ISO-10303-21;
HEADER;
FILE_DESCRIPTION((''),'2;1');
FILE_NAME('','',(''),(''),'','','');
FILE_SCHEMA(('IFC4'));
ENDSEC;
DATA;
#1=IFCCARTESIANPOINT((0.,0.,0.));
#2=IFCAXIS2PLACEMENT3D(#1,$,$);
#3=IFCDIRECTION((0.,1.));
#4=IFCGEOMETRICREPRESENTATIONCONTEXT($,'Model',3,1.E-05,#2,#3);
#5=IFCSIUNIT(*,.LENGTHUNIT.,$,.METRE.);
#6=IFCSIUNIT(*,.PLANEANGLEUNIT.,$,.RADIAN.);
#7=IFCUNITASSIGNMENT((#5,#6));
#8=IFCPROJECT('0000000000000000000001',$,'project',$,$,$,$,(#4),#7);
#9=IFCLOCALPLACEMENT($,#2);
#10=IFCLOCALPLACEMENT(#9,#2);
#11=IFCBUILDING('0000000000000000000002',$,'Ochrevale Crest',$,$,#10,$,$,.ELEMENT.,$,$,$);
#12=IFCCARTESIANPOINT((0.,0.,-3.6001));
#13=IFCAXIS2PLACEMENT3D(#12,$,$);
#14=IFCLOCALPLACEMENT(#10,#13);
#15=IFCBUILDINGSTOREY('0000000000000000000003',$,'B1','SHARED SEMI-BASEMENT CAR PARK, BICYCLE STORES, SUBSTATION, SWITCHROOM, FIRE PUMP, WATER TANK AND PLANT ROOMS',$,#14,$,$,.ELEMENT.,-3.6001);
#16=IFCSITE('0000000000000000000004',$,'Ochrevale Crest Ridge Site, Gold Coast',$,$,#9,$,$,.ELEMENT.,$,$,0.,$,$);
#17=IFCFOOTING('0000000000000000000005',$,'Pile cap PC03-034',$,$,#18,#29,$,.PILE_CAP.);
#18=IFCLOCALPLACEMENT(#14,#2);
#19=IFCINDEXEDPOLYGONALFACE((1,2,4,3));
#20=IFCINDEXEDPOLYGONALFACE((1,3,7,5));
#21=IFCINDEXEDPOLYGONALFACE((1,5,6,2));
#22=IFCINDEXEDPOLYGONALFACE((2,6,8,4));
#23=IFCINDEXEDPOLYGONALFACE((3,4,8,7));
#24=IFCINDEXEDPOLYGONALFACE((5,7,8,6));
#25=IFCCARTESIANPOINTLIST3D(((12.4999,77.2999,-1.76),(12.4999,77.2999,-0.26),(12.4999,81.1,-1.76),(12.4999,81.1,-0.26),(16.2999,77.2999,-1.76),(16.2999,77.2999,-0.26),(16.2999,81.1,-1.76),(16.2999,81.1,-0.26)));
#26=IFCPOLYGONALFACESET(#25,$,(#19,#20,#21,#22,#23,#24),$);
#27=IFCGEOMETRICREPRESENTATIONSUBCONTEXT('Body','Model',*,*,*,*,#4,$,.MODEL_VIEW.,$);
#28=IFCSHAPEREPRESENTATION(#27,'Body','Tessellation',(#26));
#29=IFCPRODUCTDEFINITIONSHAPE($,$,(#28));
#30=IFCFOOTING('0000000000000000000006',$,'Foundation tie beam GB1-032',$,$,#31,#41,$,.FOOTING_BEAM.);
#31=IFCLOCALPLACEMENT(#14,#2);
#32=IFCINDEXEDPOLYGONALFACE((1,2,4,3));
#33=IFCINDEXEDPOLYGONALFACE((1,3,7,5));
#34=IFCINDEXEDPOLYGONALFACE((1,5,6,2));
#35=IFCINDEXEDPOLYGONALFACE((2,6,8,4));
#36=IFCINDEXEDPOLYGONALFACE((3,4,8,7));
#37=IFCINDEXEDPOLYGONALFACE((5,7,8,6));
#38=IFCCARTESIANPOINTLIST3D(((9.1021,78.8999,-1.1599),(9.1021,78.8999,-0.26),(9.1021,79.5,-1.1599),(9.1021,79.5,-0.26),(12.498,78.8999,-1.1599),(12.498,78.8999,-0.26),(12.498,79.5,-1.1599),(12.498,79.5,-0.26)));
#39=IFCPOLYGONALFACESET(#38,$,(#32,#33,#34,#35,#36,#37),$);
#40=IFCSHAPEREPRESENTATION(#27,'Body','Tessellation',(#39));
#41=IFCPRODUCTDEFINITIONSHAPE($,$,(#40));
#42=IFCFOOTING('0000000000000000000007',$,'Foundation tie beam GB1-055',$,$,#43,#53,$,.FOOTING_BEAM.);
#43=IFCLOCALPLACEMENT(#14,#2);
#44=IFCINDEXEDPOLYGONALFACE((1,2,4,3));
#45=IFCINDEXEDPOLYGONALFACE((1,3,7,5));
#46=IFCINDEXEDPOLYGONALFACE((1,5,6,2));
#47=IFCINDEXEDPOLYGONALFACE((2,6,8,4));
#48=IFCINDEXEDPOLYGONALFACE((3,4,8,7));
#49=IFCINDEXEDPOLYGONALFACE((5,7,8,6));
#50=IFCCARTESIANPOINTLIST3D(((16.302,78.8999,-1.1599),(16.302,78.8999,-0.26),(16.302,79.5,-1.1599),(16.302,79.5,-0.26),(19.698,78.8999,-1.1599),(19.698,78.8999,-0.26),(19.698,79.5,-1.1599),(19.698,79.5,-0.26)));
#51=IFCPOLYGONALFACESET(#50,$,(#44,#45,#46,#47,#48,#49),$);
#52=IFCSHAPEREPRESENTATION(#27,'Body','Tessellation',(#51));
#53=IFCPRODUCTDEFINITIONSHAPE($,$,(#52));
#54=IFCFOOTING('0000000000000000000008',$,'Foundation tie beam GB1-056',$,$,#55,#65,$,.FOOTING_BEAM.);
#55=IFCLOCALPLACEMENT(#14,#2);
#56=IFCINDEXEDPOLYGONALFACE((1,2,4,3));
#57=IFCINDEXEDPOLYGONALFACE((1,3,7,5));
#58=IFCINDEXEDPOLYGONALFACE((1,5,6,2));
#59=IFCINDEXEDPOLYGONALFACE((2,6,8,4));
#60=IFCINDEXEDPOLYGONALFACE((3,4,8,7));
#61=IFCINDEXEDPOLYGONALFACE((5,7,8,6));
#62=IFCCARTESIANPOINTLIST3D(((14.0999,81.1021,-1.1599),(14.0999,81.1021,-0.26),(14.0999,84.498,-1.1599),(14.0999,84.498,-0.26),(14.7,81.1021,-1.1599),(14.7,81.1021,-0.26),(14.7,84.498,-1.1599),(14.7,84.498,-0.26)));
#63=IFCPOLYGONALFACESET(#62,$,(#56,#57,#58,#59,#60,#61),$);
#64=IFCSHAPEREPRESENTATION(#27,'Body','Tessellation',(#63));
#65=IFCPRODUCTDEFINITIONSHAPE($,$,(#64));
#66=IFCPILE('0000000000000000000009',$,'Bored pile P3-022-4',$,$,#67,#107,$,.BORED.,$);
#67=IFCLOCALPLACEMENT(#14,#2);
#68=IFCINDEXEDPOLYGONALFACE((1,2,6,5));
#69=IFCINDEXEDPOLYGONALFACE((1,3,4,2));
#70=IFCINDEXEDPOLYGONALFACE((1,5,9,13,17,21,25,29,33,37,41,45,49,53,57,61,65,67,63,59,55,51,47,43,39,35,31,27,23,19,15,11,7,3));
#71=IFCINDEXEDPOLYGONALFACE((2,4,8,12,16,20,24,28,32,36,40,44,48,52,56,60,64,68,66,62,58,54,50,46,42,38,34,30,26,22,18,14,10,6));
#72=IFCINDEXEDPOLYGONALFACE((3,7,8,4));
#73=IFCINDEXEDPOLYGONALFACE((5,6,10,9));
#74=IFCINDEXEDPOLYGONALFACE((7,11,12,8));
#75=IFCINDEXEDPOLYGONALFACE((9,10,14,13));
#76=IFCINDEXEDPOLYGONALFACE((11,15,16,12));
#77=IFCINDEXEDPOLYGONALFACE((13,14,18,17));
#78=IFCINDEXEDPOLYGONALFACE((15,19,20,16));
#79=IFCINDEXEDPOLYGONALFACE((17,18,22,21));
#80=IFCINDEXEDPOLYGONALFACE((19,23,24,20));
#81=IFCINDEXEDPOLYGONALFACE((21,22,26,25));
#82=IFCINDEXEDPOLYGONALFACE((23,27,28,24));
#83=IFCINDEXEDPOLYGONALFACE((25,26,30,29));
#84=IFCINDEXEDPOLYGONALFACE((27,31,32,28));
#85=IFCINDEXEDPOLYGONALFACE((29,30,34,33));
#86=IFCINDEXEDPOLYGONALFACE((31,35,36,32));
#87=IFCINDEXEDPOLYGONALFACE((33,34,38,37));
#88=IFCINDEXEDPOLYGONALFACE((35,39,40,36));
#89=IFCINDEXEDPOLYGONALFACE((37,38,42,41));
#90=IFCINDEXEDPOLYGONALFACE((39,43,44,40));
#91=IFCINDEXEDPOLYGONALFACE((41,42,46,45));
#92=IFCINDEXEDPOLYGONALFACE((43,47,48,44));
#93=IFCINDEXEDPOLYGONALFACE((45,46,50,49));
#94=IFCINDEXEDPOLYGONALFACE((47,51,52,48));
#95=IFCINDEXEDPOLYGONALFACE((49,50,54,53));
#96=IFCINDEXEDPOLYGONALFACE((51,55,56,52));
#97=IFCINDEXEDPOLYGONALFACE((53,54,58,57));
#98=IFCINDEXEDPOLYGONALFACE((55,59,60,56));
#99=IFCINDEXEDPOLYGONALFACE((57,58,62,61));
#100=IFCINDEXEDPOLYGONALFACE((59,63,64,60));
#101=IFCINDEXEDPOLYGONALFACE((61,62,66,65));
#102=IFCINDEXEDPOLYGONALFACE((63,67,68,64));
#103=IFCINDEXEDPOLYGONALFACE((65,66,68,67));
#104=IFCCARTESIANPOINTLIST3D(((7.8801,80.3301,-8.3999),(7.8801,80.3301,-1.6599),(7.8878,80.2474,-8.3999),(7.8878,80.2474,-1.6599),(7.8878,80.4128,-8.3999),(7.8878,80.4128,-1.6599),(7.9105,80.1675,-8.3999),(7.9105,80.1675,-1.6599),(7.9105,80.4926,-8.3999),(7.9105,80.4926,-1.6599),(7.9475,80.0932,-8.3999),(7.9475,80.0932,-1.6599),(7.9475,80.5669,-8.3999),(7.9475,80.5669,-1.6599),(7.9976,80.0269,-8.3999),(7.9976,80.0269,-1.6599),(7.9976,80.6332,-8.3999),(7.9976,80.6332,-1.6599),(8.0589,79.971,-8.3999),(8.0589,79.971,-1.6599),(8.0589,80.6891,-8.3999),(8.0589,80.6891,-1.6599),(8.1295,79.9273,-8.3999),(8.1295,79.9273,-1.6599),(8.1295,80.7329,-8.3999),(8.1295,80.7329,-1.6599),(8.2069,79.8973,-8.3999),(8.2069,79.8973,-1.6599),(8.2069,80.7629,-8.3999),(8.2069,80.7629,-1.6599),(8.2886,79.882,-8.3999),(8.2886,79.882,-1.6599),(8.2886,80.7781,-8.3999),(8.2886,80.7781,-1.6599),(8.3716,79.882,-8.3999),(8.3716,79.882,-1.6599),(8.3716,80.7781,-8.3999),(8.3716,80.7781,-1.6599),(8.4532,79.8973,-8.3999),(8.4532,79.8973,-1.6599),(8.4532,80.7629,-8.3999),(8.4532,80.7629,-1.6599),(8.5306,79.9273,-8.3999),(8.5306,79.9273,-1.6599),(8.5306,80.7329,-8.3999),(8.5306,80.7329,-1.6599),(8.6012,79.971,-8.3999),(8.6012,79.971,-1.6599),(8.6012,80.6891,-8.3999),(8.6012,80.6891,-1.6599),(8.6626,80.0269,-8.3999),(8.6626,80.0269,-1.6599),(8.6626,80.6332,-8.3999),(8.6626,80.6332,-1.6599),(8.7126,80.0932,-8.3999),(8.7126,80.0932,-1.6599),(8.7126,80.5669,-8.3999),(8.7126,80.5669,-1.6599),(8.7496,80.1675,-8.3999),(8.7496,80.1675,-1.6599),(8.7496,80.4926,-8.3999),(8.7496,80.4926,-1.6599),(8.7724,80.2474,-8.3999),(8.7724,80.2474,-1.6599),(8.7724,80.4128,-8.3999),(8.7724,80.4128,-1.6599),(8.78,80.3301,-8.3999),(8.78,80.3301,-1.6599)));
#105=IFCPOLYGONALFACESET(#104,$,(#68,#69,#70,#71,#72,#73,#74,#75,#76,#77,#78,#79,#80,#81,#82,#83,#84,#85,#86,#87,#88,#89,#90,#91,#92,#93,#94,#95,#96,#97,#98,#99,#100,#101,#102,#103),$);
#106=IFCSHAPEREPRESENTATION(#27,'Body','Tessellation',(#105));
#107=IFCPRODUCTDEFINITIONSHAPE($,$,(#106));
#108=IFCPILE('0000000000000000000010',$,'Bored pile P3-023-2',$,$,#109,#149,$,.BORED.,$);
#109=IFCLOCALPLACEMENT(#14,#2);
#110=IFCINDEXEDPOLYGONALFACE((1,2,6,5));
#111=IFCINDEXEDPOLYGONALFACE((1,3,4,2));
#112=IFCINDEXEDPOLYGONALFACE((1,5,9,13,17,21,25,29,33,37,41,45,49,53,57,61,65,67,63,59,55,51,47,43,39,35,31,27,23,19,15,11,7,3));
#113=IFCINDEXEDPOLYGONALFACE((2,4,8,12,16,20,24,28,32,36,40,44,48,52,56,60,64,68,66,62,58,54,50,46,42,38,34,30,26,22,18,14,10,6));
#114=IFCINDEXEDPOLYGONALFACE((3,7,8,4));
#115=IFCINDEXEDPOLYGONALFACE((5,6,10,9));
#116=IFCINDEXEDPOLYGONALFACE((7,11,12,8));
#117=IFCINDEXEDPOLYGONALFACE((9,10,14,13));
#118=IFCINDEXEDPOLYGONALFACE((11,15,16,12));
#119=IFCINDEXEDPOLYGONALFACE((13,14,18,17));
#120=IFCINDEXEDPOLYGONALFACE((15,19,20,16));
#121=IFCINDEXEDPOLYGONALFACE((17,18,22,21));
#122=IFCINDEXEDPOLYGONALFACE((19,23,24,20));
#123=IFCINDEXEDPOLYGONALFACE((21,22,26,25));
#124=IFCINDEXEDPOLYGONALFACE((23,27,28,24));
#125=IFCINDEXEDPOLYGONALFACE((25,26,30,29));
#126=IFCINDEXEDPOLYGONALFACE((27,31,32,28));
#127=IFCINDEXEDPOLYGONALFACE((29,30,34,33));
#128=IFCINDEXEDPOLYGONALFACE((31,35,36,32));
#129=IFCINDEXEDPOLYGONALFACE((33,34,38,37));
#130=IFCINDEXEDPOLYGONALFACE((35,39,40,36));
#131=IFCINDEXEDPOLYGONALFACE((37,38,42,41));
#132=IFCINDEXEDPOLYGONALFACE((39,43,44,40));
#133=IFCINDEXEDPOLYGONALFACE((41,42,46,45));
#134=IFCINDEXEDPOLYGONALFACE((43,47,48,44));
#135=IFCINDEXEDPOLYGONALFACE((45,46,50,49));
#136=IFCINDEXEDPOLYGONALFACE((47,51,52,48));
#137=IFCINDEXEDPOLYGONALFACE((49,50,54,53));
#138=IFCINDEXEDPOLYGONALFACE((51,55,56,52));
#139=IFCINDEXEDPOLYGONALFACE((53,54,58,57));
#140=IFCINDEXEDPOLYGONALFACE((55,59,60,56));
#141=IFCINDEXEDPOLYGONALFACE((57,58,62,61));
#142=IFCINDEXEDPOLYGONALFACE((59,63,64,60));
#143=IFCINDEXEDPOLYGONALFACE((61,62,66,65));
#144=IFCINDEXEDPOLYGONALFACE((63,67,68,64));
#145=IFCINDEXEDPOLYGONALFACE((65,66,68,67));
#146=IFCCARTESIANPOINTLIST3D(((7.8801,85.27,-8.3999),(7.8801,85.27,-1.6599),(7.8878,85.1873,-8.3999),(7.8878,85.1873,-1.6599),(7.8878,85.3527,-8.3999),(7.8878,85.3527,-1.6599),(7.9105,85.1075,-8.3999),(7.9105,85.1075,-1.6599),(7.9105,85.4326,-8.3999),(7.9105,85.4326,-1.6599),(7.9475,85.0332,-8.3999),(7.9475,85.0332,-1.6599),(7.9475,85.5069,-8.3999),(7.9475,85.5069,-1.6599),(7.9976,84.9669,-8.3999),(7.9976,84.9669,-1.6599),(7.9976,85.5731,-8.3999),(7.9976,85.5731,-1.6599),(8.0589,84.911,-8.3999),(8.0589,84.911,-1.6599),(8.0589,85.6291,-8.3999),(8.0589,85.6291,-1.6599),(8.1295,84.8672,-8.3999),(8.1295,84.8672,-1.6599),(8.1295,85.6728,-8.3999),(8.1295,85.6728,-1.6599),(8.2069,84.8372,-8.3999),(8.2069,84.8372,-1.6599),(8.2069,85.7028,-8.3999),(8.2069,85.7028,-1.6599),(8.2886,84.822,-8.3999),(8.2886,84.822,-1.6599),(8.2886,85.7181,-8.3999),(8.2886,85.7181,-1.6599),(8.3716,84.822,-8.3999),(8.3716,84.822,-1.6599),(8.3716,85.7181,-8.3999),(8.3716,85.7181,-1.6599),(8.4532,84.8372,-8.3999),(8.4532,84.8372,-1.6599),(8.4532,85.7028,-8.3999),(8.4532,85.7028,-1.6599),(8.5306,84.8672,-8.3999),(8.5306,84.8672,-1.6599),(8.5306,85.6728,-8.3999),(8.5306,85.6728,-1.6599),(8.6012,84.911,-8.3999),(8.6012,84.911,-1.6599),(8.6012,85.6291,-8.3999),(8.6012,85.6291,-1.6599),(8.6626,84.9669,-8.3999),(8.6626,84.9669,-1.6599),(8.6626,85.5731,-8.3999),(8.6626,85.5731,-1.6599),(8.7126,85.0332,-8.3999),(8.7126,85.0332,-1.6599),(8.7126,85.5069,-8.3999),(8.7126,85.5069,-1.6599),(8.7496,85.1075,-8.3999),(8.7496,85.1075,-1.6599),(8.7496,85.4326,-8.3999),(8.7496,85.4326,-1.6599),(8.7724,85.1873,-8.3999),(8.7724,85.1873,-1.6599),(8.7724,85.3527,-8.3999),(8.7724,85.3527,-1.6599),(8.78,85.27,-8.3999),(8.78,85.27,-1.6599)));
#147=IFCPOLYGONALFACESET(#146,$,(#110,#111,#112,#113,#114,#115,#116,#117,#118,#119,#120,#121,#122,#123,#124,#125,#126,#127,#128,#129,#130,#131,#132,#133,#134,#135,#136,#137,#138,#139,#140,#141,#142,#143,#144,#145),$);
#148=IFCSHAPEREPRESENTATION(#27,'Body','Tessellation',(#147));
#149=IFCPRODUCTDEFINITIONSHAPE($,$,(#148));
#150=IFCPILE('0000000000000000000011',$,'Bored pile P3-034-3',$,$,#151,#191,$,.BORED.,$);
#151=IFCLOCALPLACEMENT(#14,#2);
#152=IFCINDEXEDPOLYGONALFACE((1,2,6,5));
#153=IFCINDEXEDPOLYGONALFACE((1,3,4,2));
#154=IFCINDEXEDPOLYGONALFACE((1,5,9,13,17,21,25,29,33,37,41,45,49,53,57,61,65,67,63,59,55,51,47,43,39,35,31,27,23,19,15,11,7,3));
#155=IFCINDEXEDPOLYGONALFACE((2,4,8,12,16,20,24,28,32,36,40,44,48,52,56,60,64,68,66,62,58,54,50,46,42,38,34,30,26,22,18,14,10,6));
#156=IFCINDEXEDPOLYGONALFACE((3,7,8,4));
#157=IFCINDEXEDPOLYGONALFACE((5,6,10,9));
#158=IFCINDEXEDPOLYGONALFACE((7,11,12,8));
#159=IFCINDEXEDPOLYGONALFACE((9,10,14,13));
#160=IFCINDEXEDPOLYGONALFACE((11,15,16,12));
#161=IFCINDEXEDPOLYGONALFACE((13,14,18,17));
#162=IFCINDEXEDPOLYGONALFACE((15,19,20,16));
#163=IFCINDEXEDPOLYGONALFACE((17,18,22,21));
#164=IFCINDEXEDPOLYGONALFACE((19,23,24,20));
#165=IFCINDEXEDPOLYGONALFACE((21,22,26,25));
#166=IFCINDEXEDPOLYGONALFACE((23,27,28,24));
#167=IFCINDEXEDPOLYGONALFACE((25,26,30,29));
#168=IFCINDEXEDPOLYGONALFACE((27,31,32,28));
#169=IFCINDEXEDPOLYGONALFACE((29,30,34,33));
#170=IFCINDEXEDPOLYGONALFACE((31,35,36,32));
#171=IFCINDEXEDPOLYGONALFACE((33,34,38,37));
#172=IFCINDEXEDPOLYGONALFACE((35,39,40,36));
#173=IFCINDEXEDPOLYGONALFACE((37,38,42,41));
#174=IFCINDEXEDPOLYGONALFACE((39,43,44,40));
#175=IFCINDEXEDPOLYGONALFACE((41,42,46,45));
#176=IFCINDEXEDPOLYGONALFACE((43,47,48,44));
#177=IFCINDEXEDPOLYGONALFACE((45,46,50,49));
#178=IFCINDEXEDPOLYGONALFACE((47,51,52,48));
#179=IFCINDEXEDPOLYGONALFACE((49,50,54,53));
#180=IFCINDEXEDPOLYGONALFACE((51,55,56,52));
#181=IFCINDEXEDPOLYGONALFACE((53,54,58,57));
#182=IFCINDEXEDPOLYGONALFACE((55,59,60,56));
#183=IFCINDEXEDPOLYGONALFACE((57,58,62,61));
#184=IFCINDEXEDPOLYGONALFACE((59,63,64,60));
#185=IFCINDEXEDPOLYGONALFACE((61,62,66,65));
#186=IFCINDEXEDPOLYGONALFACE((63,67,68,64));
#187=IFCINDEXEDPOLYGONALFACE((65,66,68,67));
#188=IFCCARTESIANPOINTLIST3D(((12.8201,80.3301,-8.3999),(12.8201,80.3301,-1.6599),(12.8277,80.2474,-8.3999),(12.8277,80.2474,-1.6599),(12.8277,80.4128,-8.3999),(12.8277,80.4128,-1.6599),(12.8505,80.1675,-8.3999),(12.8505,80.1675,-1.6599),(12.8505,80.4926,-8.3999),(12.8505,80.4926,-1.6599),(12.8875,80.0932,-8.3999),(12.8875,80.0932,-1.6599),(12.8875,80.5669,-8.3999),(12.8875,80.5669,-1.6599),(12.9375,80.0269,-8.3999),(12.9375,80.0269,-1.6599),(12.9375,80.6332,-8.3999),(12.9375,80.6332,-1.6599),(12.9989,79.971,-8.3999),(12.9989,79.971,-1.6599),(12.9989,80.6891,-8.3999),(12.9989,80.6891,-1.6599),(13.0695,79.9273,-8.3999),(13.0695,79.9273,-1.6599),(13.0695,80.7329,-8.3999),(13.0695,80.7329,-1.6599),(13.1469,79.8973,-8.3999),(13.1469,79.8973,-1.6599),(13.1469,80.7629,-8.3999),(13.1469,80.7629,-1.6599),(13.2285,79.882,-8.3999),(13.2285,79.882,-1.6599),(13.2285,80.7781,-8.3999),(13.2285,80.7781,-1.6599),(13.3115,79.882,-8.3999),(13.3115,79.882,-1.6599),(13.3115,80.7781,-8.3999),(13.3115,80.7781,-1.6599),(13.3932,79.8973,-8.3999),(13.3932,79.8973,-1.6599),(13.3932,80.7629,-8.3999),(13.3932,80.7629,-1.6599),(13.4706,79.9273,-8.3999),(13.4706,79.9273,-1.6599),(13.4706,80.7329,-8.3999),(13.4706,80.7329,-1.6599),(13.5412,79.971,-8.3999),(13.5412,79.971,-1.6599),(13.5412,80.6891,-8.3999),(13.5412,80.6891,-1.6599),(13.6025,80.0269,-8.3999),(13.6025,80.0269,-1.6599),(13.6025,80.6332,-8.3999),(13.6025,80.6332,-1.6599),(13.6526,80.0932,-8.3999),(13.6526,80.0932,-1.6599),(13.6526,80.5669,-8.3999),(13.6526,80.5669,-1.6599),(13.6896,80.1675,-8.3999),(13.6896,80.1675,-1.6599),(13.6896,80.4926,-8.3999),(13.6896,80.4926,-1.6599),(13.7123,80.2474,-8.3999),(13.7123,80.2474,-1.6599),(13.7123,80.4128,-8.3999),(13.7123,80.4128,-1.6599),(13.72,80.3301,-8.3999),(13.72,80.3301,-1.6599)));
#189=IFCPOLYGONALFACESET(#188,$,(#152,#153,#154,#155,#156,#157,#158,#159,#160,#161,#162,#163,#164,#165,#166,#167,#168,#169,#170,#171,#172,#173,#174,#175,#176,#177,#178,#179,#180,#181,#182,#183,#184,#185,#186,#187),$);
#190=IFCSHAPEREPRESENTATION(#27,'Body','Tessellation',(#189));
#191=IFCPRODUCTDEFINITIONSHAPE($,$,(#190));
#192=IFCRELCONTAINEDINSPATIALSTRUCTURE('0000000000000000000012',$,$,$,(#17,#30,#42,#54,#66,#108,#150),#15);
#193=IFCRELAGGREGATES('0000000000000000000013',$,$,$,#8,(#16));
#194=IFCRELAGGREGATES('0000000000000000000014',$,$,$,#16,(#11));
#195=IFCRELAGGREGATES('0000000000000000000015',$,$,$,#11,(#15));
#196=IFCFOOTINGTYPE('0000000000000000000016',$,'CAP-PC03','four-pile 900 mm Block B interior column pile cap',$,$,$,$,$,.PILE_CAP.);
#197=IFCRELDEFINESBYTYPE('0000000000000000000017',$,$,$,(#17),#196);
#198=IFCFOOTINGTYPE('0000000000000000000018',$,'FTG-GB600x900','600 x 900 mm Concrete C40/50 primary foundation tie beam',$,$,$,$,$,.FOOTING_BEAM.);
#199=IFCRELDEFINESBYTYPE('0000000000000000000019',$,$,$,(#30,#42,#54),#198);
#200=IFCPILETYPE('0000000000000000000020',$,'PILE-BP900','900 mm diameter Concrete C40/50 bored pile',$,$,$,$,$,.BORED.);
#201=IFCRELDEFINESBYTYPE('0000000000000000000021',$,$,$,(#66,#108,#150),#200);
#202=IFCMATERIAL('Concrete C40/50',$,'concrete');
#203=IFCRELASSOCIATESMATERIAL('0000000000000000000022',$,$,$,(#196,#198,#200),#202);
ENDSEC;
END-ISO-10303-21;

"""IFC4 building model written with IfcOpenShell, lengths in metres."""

from ifc_helpers import new_model, si_unit, direction, frame, origin, origin_2d, place, context, subcontext, project, spatial, rectangle, circle, extrude, material, material_profile, profile_set, type_object, element, save


model = new_model("IFC4")

# Units and contexts
model_context = context("Model", 3, precision=1e-05, world=origin(), true_north=direction((0.0, 1.0)))
body_context = subcontext(model_context, "Body", "Model", "MODEL_VIEW")
ifc_project = project(units=[si_unit("LENGTHUNIT", "METRE"), si_unit("PLANEANGLEUNIT", "RADIAN")], contexts=[model_context])

# Site, building, storey
site_placement = place(None, origin())
site = spatial("IfcSite", under=ifc_project, at=site_placement, Name="Ochrevale Crest Ridge Site, Gold Coast", CompositionType="ELEMENT", RefElevation=0.0)
building_placement = place(site_placement, origin())
building = spatial("IfcBuilding", under=site, at=building_placement, Name="Ochrevale Crest", CompositionType="ELEMENT")
storey_placement = place(building_placement, frame((0.0, 0.0, -3.6001)))
storey = spatial("IfcBuildingStorey", under=building, at=storey_placement, Name="B1", Description="SHARED SEMI-BASEMENT CAR PARK, BICYCLE STORES, SUBSTATION, SWITCHROOM, FIRE PUMP, WATER TANK AND PLANT ROOMS", CompositionType="ELEMENT", Elevation=-3.6001)

# Footings
ifc_material_1 = material(Name="Concrete C40/50", Category="concrete")
footing_type_1 = type_object("IfcFootingType", Name="CAP-PC03", Description="four-pile 900 mm Block B interior column pile cap", PredefinedType="PILE_CAP", material=ifc_material_1)
footing_placement = place(storey_placement, frame((14.3999, 79.2, -1.76), z_axis=(0.0, 0.0, 1.0), x_axis=(1.0, 0.0, 0.0)))
element("IfcFooting", 1, at=footing_placement, inside=storey, type_object=footing_type_1, Name="Pile cap PC03-034", PredefinedType="PILE_CAP", context=body_context, shape_type="SweptSolid", body=[
    extrude(rectangle(XDim=3.8, YDim=3.8, at=origin_2d()), origin(), (0.0, 0.0, 1.0), 1.5),
])
ifc_material_profile_1 = material_profile(ifc_material_1, rectangle(XDim=0.6001, YDim=0.8999, at=origin_2d()), Name="GB 600x900")
ifc_profile_set_1 = profile_set([ifc_material_profile_1], Name="Concrete C40/50")
footing_type_2 = type_object("IfcFootingType", Name="FTG-GB600x900", Description="600 x 900 mm Concrete C40/50 primary foundation tie beam", PredefinedType="FOOTING_BEAM", material=ifc_profile_set_1)
for number, where, z_axis, x_axis, name in (
    (2, (9.1021, 79.2, -0.71), (1.0, 0.0, 0.0), (0.0, 1.0, 0.0), "Foundation tie beam GB1-032"),
    (3, (16.302, 79.2, -0.71), (1.0, 0.0, 0.0), (0.0, 1.0, 0.0), "Foundation tie beam GB1-055"),
    (4, (14.3999, 81.1021, -0.71), (0.0, 1.0, 0.0), (-1.0, 0.0, 0.0), "Foundation tie beam GB1-056"),
):
    element("IfcFooting", number, at=place(storey_placement, frame(where, z_axis=z_axis, x_axis=x_axis)), inside=storey, type_object=footing_type_2, Name=name, PredefinedType="FOOTING_BEAM", context=body_context, shape_type="SweptSolid", body=[
        extrude(rectangle(XDim=0.6001, YDim=0.8999, at=origin_2d()), origin(), (0.0, 0.0, 1.0), 3.396),
    ])

# Piles
ifc_material_profile_2 = material_profile(ifc_material_1, circle(Radius=0.45, at=origin_2d()), Name="BORED PILE 900")
ifc_profile_set_2 = profile_set([ifc_material_profile_2], Name="Concrete C40/50")
pile_type = type_object("IfcPileType", Name="PILE-BP900", Description="900 mm diameter Concrete C40/50 bored pile", PredefinedType="BORED", material=ifc_profile_set_2)
for number, where, z_axis, x_axis, name in (
    (5, (8.3301, 80.3301, -1.6599), (0.0, 0.0, -1.0), (1.0, 0.0, 0.0), "Bored pile P3-022-4"),
    (6, (8.3301, 85.27, -1.6599), (0.0, 0.0, -1.0), (1.0, 0.0, 0.0), "Bored pile P3-023-2"),
    (7, (13.27, 80.3301, -1.6599), (0.0, 0.0, -1.0), (1.0, 0.0, 0.0), "Bored pile P3-034-3"),
):
    element("IfcPile", number, at=place(storey_placement, frame(where, z_axis=z_axis, x_axis=x_axis)), inside=storey, type_object=pile_type, Name=name, PredefinedType="BORED", context=body_context, shape_type="SweptSolid", body=[
        extrude(circle(Radius=0.45, at=origin_2d()), origin(), (0.0, 0.0, 1.0), 6.74),
    ])

save(model, "model.ifc")
